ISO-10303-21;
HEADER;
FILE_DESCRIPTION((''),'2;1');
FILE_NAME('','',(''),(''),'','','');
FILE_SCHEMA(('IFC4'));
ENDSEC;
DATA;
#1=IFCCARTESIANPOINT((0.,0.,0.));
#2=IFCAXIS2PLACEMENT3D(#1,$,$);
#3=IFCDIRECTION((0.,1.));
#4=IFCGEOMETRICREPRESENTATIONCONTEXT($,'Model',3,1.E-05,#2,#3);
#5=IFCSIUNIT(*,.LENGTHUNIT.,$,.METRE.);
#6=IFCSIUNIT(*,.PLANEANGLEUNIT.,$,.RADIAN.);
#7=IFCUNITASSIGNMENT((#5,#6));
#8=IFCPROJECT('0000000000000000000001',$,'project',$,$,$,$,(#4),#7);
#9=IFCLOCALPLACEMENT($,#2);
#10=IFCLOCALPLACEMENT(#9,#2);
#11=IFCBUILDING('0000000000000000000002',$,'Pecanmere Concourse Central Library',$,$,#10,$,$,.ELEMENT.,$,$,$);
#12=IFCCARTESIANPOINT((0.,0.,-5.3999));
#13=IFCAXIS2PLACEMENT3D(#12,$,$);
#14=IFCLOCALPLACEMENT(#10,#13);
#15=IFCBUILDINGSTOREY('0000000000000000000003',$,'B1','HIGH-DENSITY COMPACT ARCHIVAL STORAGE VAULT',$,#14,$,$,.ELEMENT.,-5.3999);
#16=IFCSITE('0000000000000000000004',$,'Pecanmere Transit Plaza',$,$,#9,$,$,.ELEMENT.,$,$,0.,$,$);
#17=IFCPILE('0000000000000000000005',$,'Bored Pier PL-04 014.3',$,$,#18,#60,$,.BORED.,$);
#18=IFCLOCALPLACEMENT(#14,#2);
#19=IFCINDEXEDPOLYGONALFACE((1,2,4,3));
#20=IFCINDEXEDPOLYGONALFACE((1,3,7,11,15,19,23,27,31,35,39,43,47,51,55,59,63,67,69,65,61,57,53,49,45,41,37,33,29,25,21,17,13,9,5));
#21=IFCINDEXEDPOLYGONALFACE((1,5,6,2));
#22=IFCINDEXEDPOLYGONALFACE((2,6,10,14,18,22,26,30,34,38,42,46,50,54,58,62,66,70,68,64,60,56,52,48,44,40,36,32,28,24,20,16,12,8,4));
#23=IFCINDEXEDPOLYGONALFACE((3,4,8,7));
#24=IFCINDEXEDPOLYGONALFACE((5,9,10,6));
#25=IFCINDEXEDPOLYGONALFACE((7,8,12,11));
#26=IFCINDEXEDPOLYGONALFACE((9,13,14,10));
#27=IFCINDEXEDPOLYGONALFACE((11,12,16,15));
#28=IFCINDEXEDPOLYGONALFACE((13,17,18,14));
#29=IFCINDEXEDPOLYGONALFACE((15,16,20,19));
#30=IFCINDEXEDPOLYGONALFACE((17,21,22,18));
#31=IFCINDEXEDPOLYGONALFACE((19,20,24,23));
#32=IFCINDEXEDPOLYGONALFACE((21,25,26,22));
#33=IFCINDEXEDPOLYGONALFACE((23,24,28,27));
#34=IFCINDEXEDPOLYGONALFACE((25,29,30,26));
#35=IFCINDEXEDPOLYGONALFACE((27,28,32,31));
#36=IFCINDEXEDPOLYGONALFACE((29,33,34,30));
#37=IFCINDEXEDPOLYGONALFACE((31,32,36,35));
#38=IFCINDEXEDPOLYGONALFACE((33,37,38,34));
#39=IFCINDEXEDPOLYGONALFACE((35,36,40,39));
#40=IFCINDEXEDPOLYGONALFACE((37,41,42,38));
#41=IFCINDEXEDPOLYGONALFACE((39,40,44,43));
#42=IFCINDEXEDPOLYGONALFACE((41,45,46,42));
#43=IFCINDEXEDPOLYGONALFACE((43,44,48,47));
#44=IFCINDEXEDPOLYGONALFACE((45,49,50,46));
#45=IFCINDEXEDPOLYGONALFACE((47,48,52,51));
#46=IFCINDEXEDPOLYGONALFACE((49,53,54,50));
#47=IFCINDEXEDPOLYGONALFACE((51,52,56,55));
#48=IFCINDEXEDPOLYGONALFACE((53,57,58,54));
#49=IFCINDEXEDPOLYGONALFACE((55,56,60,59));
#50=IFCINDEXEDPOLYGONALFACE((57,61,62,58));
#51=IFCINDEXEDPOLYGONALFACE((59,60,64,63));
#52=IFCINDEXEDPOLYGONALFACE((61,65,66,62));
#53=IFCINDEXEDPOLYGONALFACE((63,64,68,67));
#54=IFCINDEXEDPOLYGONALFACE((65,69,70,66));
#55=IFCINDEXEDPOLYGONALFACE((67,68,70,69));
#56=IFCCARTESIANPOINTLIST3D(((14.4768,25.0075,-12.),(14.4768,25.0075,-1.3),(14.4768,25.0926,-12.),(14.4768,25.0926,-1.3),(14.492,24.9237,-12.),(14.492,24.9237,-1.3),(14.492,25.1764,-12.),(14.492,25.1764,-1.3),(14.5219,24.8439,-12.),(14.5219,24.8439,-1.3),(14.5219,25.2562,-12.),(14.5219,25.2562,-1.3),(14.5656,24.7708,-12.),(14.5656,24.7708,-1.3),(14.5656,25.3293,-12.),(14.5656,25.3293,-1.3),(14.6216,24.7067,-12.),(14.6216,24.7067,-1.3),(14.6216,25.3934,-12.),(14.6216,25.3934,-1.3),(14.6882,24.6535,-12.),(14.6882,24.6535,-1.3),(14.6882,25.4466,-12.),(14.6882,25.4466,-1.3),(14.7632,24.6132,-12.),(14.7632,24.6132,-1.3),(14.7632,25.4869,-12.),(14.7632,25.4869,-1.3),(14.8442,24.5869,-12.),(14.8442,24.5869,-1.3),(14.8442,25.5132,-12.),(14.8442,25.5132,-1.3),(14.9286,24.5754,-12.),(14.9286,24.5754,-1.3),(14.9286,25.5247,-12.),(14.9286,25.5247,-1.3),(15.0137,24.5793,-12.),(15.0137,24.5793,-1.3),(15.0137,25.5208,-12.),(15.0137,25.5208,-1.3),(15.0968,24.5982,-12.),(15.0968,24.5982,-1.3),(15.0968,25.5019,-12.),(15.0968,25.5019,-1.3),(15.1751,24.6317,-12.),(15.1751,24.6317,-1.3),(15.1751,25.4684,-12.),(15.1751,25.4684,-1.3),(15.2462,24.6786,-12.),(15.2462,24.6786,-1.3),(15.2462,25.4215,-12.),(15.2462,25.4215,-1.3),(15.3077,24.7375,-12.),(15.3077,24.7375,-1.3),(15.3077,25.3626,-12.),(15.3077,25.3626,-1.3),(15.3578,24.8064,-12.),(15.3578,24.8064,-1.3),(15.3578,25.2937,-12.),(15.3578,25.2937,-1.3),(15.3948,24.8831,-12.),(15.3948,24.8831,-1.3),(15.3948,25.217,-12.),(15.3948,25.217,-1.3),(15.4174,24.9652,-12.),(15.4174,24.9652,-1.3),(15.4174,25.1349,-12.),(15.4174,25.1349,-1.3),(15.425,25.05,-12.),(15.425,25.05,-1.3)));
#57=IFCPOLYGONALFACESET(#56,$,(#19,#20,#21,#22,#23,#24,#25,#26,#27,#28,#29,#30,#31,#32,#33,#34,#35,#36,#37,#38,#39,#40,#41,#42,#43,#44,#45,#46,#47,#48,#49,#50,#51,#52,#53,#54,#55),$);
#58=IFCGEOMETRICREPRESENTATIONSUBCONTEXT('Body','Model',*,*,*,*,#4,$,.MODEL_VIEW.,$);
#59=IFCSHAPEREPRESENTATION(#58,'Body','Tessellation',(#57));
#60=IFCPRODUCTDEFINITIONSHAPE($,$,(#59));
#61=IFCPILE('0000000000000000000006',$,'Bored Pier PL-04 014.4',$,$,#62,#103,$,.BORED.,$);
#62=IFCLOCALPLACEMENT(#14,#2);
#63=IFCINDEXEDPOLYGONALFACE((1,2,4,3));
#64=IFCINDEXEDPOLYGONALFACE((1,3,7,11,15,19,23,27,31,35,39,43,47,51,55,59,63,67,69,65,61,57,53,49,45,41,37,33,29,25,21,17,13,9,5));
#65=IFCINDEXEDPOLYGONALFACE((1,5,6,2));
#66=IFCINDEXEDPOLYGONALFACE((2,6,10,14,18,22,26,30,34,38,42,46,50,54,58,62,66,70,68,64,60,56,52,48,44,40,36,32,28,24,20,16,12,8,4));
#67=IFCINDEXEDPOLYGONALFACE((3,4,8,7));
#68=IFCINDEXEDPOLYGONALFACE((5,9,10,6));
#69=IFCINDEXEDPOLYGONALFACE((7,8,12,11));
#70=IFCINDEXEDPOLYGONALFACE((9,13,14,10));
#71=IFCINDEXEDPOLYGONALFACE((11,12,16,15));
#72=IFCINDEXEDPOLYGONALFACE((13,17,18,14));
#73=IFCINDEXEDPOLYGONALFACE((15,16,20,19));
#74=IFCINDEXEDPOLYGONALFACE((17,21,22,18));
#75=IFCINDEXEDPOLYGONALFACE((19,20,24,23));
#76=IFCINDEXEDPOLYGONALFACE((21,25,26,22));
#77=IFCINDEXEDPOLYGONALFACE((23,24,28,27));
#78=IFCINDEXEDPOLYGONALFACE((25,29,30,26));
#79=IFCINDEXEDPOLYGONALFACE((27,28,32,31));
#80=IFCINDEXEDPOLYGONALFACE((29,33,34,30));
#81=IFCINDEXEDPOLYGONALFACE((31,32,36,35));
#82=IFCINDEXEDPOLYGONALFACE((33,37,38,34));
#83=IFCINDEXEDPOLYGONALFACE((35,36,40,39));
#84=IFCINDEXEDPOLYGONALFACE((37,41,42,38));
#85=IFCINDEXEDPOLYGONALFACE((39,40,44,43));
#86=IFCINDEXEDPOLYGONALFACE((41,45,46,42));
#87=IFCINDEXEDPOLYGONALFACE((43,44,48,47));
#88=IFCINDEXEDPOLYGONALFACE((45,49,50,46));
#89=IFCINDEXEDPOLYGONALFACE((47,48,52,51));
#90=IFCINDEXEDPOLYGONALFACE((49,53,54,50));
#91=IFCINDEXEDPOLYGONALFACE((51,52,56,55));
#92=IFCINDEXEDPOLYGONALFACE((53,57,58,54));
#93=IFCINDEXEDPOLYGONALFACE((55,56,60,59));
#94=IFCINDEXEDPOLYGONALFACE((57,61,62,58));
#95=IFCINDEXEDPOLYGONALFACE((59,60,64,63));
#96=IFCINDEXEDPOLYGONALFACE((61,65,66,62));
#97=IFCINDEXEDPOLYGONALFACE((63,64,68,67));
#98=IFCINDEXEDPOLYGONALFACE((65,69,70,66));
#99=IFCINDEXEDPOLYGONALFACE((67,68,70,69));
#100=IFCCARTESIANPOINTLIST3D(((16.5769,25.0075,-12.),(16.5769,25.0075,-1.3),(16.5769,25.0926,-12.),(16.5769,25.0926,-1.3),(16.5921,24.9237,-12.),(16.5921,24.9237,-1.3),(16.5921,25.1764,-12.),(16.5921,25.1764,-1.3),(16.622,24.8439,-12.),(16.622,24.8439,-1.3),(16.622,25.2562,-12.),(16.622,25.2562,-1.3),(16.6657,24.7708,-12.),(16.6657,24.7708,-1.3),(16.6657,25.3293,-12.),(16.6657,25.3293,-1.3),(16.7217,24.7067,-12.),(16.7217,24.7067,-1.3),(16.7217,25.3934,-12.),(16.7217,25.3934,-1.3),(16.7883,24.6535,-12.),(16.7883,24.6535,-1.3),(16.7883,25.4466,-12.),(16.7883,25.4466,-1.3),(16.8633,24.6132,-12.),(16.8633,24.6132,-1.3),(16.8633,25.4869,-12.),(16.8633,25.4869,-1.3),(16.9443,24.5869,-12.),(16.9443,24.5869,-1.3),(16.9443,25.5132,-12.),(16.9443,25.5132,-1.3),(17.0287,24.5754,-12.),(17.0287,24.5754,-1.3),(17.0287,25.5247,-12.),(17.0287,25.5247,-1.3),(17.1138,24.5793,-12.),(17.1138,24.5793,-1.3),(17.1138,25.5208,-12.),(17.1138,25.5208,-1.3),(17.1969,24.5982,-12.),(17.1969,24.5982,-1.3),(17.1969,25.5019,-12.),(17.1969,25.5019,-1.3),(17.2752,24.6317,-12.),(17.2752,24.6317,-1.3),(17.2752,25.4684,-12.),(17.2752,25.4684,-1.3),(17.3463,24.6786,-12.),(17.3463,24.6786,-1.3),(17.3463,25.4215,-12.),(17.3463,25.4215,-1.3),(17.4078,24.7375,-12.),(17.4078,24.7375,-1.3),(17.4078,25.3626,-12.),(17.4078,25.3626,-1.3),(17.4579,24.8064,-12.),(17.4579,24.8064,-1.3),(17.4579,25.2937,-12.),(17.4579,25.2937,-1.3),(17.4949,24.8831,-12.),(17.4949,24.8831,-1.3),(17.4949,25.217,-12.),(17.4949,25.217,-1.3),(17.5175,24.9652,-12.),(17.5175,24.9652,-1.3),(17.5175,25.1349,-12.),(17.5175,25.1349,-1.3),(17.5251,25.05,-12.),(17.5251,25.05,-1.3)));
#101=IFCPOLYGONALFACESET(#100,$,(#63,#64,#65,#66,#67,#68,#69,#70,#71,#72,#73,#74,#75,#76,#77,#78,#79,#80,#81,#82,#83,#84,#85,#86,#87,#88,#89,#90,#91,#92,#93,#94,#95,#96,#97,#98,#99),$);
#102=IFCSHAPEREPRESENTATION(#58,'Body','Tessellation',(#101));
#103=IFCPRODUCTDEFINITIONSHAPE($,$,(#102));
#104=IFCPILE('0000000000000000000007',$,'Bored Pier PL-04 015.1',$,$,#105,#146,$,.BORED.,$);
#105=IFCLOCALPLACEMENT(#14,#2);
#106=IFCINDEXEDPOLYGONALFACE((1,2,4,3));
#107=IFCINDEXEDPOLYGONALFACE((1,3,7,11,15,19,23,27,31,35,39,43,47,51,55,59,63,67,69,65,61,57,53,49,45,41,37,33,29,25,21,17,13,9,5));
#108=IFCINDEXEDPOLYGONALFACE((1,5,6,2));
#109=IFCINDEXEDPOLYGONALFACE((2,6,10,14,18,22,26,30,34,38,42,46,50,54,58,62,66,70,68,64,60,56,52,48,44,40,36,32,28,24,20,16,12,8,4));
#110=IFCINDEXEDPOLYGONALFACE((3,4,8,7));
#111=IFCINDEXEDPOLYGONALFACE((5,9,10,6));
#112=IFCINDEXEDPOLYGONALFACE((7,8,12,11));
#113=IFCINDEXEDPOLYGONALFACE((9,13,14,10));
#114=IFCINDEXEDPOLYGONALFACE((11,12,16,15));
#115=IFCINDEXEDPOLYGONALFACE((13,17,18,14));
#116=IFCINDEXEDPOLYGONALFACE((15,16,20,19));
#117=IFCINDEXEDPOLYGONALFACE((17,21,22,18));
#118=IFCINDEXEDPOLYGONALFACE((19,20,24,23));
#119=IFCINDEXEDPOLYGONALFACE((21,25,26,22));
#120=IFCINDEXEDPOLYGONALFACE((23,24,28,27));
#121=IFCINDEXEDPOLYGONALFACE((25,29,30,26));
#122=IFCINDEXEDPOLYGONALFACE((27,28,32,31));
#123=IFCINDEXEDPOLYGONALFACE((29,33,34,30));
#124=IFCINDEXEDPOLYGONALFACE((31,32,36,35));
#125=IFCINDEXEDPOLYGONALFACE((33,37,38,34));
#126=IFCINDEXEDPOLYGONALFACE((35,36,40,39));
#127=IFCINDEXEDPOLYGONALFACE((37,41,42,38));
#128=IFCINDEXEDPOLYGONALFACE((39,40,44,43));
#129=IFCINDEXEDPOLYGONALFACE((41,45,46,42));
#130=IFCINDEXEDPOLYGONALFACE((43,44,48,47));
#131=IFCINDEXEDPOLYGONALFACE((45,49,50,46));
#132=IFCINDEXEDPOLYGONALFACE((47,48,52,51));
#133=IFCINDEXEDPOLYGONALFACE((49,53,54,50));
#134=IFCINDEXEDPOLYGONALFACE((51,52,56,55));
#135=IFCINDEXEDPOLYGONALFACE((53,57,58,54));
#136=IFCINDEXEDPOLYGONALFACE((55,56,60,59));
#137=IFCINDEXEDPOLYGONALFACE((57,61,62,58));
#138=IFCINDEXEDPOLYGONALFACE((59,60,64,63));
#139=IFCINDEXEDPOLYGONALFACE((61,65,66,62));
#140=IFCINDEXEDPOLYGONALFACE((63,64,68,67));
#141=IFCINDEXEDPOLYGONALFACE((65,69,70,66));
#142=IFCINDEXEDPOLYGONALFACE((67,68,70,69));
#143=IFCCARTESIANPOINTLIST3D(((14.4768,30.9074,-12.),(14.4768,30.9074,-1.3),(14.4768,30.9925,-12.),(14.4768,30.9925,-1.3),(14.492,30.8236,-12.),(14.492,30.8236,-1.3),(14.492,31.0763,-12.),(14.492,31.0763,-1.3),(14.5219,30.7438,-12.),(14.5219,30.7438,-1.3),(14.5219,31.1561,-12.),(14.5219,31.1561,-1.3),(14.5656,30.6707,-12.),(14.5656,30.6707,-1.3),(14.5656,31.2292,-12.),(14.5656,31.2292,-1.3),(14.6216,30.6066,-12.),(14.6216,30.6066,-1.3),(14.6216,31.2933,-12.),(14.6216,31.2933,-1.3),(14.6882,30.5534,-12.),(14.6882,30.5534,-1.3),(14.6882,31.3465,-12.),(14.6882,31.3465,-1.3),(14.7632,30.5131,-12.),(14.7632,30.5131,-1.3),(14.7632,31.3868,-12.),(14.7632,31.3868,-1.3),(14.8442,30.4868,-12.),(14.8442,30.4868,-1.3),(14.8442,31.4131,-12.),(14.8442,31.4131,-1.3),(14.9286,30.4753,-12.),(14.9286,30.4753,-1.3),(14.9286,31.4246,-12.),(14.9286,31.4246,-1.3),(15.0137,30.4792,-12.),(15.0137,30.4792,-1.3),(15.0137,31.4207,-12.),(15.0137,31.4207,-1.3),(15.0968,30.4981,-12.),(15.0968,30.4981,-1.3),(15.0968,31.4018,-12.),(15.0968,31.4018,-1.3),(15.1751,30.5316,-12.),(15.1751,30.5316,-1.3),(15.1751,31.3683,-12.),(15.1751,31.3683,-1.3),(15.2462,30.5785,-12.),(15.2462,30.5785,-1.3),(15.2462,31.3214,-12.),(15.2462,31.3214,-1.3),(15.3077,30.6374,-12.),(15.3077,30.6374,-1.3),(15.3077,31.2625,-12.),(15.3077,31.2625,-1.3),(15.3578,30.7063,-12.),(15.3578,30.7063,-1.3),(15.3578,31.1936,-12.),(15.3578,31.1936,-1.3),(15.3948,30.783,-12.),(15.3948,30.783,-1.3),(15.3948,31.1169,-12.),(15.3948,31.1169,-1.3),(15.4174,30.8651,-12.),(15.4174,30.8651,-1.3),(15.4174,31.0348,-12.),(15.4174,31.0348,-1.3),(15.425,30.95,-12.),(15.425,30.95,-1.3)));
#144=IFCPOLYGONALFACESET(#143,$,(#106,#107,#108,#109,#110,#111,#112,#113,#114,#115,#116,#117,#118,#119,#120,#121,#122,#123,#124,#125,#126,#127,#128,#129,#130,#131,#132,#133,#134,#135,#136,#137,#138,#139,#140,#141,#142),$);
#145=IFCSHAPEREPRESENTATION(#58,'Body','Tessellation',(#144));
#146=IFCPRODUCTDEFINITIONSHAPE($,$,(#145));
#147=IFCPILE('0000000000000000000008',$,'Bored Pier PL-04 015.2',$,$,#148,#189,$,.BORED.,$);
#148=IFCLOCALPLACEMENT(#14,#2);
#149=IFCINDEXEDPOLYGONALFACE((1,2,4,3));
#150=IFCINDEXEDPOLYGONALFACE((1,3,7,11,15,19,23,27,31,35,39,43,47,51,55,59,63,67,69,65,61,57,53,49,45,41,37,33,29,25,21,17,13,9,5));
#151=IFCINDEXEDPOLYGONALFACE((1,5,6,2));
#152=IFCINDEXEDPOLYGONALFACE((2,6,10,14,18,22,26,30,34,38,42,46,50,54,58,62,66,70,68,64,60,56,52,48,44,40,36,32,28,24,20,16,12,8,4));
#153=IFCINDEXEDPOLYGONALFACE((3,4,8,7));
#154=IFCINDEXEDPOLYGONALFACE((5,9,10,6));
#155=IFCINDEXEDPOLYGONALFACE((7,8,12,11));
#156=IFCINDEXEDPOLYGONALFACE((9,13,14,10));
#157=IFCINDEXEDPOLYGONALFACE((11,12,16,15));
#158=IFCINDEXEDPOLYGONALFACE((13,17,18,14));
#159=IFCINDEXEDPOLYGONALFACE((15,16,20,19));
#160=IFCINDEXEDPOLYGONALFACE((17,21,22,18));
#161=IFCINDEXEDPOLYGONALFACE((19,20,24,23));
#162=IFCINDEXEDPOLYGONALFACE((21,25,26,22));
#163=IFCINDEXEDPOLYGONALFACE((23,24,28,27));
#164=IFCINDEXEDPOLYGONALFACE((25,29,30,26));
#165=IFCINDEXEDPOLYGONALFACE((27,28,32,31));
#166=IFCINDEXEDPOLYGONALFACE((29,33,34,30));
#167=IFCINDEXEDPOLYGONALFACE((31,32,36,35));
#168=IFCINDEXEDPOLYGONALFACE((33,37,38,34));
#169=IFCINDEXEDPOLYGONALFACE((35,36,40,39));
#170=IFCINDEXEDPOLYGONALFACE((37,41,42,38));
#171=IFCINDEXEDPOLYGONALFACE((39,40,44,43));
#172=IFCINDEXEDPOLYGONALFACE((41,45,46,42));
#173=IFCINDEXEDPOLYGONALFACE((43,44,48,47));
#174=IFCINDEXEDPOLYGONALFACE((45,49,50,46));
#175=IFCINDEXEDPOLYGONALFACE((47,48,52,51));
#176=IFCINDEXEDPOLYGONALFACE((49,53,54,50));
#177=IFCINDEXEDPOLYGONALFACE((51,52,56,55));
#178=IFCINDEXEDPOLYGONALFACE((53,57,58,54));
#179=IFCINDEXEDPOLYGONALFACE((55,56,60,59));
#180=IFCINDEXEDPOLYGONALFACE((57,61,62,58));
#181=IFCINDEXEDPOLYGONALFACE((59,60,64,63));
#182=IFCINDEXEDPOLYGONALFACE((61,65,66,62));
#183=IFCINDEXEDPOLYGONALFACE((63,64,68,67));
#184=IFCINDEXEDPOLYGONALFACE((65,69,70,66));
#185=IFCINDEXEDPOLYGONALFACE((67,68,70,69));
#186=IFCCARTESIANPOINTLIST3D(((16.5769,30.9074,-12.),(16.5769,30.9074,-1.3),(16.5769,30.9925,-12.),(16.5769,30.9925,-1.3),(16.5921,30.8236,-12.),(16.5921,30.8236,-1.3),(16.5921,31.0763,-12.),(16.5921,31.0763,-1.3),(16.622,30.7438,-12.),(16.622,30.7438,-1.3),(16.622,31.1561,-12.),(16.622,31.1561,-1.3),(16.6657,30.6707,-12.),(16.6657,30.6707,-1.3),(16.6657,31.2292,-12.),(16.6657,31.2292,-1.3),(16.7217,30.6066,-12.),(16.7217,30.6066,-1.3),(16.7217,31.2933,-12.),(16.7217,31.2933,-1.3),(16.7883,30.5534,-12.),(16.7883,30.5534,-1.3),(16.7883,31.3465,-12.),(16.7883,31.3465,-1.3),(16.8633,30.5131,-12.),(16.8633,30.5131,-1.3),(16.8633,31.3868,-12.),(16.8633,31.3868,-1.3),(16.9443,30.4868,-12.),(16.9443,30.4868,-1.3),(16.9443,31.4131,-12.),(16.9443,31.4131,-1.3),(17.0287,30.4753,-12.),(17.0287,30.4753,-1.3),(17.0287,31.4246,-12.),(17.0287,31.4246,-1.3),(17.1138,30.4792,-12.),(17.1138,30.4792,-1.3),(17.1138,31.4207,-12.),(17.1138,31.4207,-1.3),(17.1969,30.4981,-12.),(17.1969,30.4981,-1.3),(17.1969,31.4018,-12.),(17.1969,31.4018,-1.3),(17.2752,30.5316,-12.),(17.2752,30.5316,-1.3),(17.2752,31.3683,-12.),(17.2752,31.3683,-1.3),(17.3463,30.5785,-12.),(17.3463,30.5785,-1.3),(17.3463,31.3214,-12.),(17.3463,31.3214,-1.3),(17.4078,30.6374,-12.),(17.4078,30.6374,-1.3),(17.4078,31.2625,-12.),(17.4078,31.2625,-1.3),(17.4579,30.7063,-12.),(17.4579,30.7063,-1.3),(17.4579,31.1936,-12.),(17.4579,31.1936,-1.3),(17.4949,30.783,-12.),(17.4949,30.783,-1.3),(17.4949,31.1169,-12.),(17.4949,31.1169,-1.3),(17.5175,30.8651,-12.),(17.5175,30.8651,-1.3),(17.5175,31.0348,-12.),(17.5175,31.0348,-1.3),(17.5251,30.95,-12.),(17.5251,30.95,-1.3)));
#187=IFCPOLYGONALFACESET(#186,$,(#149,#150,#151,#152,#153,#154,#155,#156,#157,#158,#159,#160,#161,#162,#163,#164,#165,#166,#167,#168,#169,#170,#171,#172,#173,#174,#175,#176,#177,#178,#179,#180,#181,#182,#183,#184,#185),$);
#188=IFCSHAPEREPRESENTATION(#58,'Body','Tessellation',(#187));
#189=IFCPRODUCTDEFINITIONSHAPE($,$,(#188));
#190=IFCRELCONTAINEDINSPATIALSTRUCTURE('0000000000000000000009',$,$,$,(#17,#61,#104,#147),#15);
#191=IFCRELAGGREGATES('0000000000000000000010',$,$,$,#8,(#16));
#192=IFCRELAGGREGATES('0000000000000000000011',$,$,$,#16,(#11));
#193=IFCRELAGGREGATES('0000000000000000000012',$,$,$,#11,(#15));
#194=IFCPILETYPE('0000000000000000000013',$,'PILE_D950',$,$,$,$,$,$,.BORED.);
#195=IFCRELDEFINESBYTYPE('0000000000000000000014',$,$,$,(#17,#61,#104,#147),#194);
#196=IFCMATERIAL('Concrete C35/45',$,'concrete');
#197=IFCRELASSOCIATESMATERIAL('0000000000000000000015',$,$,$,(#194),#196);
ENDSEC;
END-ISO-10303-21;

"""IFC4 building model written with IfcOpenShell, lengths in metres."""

from ifc_helpers import new_model, si_unit, direction, frame, origin, origin_2d, place, context, subcontext, project, spatial, circle, extrude, material, material_profile, profile_set, type_object, element, save


model = new_model("IFC4")

# Units and contexts
model_context = context("Model", 3, precision=1e-05, world=origin(), true_north=direction((0.0, 1.0)))
body_context = subcontext(model_context, "Body", "Model", "MODEL_VIEW")
ifc_project = project(units=[si_unit("LENGTHUNIT", "METRE"), si_unit("PLANEANGLEUNIT", "RADIAN")], contexts=[model_context])

# Site, building, storey
site_placement = place(None, origin())
site = spatial("IfcSite", under=ifc_project, at=site_placement, Name="Pecanmere Transit Plaza", CompositionType="ELEMENT", RefElevation=0.0)
building_placement = place(site_placement, origin())
building = spatial("IfcBuilding", under=site, at=building_placement, Name="Pecanmere Concourse Central Library", CompositionType="ELEMENT")
storey_placement = place(building_placement, frame((0.0, 0.0, -5.3999)))
storey = spatial("IfcBuildingStorey", under=building, at=storey_placement, Name="B1", Description="HIGH-DENSITY COMPACT ARCHIVAL STORAGE VAULT", CompositionType="ELEMENT", Elevation=-5.3999)

# Piles
ifc_material_1 = material(Name="Concrete C35/45", Category="concrete")
ifc_material_profile_1 = material_profile(ifc_material_1, circle(Radius=0.4751, at=origin_2d()), Name="PIER D950")
ifc_profile_set_1 = profile_set([ifc_material_profile_1], Name="Concrete C35/45")
pile_type = type_object("IfcPileType", Name="PILE_D950", PredefinedType="BORED", material=ifc_profile_set_1)
for number, where, z_axis, x_axis, name in (
    (1, (14.95, 25.05, -1.3), (0.0, 0.0, -1.0), (1.0, 0.0, 0.0), "Bored Pier PL-04 014.3"),
    (2, (17.05, 25.05, -1.3), (0.0, 0.0, -1.0), (1.0, 0.0, 0.0), "Bored Pier PL-04 014.4"),
    (3, (14.95, 30.95, -1.3), (0.0, 0.0, -1.0), (1.0, 0.0, 0.0), "Bored Pier PL-04 015.1"),
    (4, (17.05, 30.95, -1.3), (0.0, 0.0, -1.0), (1.0, 0.0, 0.0), "Bored Pier PL-04 015.2"),
):
    element("IfcPile", number, at=place(storey_placement, frame(where, z_axis=z_axis, x_axis=x_axis)), inside=storey, type_object=pile_type, Name=name, PredefinedType="BORED", context=body_context, shape_type="SweptSolid", body=[
        extrude(circle(Radius=0.4751, at=origin_2d()), origin(), (0.0, 0.0, 1.0), 10.7),
    ])

save(model, "model.ifc")
